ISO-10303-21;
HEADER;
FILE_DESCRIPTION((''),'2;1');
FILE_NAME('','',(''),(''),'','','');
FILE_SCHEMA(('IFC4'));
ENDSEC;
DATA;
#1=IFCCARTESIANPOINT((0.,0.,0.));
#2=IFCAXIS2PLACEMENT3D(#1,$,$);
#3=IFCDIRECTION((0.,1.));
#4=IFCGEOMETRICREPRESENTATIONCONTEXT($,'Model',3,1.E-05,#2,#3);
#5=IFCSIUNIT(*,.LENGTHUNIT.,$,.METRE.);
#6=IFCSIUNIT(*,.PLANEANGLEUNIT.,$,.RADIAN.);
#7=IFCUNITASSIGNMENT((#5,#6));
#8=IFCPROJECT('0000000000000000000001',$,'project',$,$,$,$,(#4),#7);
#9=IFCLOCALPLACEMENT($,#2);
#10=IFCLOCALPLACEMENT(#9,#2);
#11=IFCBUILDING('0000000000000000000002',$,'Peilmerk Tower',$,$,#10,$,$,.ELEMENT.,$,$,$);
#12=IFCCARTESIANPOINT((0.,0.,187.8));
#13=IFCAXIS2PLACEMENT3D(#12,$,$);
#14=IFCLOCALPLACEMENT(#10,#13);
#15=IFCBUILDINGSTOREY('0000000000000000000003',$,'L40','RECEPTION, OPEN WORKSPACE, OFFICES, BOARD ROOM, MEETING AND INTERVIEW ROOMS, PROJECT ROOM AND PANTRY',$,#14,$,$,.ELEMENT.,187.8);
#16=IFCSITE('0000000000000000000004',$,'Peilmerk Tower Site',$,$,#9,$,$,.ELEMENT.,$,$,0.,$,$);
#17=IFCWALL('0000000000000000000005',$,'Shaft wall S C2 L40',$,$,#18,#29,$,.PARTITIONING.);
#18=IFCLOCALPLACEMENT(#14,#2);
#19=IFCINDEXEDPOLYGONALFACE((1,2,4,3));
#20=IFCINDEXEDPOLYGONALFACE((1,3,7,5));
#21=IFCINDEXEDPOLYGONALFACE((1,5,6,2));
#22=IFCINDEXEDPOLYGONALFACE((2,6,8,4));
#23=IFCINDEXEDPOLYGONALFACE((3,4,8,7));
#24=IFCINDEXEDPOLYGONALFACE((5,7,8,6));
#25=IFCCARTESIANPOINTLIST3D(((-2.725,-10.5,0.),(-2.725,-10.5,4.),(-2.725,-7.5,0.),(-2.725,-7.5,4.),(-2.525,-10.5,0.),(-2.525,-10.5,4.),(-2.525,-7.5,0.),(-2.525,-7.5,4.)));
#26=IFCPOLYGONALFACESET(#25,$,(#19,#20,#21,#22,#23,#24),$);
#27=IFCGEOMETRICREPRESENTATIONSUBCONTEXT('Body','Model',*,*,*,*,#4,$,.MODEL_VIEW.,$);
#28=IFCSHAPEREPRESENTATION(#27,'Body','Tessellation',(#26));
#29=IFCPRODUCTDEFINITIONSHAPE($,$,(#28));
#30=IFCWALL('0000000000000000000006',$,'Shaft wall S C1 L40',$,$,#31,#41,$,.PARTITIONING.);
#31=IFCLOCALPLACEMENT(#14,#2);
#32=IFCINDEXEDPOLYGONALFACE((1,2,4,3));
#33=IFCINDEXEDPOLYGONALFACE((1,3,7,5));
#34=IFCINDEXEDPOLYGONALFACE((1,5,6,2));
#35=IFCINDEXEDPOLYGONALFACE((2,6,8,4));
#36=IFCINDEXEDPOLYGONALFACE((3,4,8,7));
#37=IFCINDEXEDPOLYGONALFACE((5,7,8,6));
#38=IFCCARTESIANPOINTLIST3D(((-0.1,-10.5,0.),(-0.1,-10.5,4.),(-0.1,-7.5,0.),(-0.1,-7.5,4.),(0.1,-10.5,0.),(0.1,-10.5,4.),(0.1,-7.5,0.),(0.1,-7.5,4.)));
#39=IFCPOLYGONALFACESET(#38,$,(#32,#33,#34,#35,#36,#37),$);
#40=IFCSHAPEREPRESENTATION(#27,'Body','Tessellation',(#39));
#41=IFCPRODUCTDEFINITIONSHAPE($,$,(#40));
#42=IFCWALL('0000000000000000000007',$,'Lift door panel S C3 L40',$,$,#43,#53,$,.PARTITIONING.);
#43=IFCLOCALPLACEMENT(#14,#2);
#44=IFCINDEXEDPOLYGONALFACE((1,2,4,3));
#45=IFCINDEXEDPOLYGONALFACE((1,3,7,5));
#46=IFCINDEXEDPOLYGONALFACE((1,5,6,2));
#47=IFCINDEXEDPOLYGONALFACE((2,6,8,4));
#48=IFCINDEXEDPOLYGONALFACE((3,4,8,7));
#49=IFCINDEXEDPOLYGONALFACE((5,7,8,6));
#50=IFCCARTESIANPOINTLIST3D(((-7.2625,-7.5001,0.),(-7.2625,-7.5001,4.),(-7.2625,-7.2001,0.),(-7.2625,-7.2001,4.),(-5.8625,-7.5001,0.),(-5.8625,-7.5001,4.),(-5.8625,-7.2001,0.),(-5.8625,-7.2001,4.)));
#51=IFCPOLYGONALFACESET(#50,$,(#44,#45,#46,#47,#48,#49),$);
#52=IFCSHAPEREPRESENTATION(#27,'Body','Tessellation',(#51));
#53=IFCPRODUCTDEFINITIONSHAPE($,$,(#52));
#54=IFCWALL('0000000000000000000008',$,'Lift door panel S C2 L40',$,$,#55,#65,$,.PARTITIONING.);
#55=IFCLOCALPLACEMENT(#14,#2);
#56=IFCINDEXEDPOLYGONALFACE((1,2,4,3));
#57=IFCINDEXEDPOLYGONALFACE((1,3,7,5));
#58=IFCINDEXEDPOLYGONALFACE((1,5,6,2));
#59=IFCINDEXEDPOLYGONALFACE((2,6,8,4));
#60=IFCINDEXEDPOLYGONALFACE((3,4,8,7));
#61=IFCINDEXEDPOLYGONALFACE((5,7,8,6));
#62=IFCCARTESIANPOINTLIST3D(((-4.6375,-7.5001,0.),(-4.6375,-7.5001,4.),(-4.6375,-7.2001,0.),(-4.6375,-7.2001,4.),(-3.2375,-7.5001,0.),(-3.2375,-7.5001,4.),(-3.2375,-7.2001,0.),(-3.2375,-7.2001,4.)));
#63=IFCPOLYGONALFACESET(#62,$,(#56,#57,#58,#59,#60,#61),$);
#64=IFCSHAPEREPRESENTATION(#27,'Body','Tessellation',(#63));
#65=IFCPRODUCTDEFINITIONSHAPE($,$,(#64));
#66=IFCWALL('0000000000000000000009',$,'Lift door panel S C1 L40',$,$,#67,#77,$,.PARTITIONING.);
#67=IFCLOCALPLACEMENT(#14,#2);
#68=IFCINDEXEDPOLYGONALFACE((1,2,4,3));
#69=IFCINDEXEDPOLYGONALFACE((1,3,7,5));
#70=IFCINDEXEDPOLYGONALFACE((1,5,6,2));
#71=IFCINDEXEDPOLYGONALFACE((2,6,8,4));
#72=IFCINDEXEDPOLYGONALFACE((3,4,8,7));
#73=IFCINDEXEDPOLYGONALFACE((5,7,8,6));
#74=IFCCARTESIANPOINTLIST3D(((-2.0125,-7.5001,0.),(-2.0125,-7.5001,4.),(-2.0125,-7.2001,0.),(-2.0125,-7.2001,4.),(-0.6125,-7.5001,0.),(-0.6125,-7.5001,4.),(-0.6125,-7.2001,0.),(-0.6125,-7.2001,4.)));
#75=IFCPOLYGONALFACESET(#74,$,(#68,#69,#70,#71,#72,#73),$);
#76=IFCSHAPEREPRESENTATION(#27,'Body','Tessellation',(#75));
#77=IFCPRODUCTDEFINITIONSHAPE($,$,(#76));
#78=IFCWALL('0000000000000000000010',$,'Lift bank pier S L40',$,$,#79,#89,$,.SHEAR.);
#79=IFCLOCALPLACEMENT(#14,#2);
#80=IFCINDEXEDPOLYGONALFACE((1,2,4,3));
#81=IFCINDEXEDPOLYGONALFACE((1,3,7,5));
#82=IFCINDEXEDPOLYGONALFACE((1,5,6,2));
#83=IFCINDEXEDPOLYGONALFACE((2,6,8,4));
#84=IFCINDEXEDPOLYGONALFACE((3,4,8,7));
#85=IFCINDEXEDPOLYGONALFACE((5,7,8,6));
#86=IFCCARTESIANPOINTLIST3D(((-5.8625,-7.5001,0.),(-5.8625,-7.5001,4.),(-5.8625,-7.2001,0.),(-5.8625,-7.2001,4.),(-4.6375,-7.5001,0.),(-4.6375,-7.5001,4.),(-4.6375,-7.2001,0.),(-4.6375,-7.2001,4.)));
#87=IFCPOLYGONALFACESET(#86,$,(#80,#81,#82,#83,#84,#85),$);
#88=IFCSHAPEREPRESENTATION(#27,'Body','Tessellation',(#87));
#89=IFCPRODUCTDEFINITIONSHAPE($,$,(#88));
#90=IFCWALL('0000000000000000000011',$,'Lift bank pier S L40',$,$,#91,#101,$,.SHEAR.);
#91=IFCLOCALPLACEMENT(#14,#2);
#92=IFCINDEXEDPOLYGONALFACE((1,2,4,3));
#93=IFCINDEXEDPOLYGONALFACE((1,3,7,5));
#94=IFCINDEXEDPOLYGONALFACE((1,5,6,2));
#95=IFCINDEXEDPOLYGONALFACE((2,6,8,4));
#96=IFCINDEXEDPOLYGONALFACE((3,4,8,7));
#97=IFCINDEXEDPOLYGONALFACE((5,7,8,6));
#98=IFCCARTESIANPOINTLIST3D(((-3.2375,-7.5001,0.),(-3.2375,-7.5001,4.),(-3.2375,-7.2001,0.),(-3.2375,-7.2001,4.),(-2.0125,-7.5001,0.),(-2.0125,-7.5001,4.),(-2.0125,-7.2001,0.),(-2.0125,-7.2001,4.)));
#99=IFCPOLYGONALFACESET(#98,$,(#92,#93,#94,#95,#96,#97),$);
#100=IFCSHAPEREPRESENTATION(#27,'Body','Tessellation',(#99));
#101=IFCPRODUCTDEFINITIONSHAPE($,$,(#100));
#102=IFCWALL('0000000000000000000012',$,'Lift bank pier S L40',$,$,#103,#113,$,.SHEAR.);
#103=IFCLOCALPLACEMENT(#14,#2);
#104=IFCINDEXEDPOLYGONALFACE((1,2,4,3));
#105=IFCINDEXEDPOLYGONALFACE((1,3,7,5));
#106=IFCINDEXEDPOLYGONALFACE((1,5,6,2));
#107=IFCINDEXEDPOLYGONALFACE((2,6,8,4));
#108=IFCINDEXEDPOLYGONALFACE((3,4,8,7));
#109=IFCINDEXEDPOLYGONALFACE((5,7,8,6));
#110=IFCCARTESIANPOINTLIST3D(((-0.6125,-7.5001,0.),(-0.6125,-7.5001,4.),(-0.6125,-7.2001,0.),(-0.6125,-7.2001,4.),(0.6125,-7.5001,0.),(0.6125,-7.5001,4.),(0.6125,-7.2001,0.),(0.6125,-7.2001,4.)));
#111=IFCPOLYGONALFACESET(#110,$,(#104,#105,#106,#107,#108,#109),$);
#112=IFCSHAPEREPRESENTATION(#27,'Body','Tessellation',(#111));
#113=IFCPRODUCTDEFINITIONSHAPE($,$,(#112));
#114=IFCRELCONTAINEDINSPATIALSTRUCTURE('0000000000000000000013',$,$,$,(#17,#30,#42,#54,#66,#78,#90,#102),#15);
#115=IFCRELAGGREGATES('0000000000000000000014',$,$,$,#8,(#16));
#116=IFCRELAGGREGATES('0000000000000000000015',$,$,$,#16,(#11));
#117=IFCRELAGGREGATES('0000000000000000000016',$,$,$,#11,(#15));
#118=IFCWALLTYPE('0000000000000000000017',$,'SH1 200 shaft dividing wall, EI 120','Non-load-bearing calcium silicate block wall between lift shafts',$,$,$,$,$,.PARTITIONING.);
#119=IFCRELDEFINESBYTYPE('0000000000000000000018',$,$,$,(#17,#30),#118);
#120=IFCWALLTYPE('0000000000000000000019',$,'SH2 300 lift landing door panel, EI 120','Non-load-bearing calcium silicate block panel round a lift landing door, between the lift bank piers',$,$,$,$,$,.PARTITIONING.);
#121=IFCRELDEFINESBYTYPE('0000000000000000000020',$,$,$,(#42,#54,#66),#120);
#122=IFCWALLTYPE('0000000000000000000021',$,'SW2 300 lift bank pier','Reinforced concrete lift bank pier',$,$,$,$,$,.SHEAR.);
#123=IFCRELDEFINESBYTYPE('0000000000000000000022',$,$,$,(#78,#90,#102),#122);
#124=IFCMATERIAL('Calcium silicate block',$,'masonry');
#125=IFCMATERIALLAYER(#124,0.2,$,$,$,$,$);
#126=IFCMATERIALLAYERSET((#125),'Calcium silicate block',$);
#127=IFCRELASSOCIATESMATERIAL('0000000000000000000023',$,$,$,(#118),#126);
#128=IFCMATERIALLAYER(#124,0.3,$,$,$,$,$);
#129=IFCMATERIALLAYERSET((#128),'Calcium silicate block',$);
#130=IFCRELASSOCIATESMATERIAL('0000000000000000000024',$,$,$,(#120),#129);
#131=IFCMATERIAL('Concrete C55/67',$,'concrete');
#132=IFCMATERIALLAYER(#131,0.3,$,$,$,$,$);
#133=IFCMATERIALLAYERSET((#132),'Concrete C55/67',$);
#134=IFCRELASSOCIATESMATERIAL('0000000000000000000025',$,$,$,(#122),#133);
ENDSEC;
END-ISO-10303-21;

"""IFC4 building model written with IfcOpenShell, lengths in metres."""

from ifc_helpers import new_model, si_unit, direction, frame, frame_2d, origin, place, context, subcontext, project, spatial, rectangle, extrude, material, layer, layer_set, type_object, element, save


model = new_model("IFC4")

# Units and contexts
model_context = context("Model", 3, precision=1e-05, world=origin(), true_north=direction((0.0, 1.0)))
body_context = subcontext(model_context, "Body", "Model", "MODEL_VIEW")
ifc_project = project(units=[si_unit("LENGTHUNIT", "METRE"), si_unit("PLANEANGLEUNIT", "RADIAN")], contexts=[model_context])

# Site, building, storey
site_placement = place(None, origin())
site = spatial("IfcSite", under=ifc_project, at=site_placement, Name="Peilmerk Tower Site", CompositionType="ELEMENT", RefElevation=0.0)
building_placement = place(site_placement, origin())
building = spatial("IfcBuilding", under=site, at=building_placement, Name="Peilmerk Tower", CompositionType="ELEMENT")
storey_placement = place(building_placement, frame((0.0, 0.0, 187.8)))
storey = spatial("IfcBuildingStorey", under=building, at=storey_placement, Name="L40", Description="RECEPTION, OPEN WORKSPACE, OFFICES, BOARD ROOM, MEETING AND INTERVIEW ROOMS, PROJECT ROOM AND PANTRY", CompositionType="ELEMENT", Elevation=187.8)

# Walls
ifc_material_1 = material(Name="Calcium silicate block", Category="masonry")
ifc_layer_1 = layer(ifc_material_1, 0.2)
ifc_layer_set_1 = layer_set([ifc_layer_1], Name="Calcium silicate block")
wall_type_1 = type_object("IfcWallType", Name="SH1 200 shaft dividing wall, EI 120", Description="Non-load-bearing calcium silicate block wall between lift shafts", PredefinedType="PARTITIONING", material=ifc_layer_set_1)
for number, where, z_axis, x_axis, name in (
    (1, (-2.625, -10.5, 0.0), (0.0, 0.0, 1.0), (0.0, 1.0, 0.0), "Shaft wall S C2 L40"),
    (2, (0.0, -10.5, 0.0), (0.0, 0.0, 1.0), (0.0, 1.0, 0.0), "Shaft wall S C1 L40"),
):
    element("IfcWall", number, at=place(storey_placement, frame(where, z_axis=z_axis, x_axis=x_axis)), inside=storey, type_object=wall_type_1, Name=name, PredefinedType="PARTITIONING", context=body_context, shape_type="SweptSolid", body=[
        extrude(rectangle(XDim=3.0, YDim=0.2, at=frame_2d((1.5, 0.0))), origin(), (0.0, 0.0, 1.0), 4.0),
    ])
ifc_layer_2 = layer(ifc_material_1, 0.3)
ifc_layer_set_2 = layer_set([ifc_layer_2], Name="Calcium silicate block")
wall_type_2 = type_object("IfcWallType", Name="SH2 300 lift landing door panel, EI 120", Description="Non-load-bearing calcium silicate block panel round a lift landing door, between the lift bank piers", PredefinedType="PARTITIONING", material=ifc_layer_set_2)
for number, where, z_axis, x_axis, name in (
    (3, (-7.2625, -7.3501, 0.0), (0.0, 0.0, 1.0), (1.0, 0.0, 0.0), "Lift door panel S C3 L40"),
    (4, (-4.6375, -7.3501, 0.0), (0.0, 0.0, 1.0), (1.0, 0.0, 0.0), "Lift door panel S C2 L40"),
    (5, (-2.0125, -7.3501, 0.0), (0.0, 0.0, 1.0), (1.0, 0.0, 0.0), "Lift door panel S C1 L40"),
):
    element("IfcWall", number, at=place(storey_placement, frame(where, z_axis=z_axis, x_axis=x_axis)), inside=storey, type_object=wall_type_2, Name=name, PredefinedType="PARTITIONING", context=body_context, shape_type="SweptSolid", body=[
        extrude(rectangle(XDim=1.3999, YDim=0.3, at=frame_2d((0.7, 0.0))), origin(), (0.0, 0.0, 1.0), 4.0),
    ])
ifc_material_2 = material(Name="Concrete C55/67", Category="concrete")
ifc_layer_3 = layer(ifc_material_2, 0.3)
ifc_layer_set_3 = layer_set([ifc_layer_3], Name="Concrete C55/67")
wall_type_3 = type_object("IfcWallType", Name="SW2 300 lift bank pier", Description="Reinforced concrete lift bank pier", PredefinedType="SHEAR", material=ifc_layer_set_3)
for number, where, z_axis, x_axis, name in (
    (6, (-5.8625, -7.3501, 0.0), (0.0, 0.0, 1.0), (1.0, 0.0, 0.0), "Lift bank pier S L40"),
    (7, (-3.2375, -7.3501, 0.0), (0.0, 0.0, 1.0), (1.0, 0.0, 0.0), "Lift bank pier S L40"),
    (8, (-0.6125, -7.3501, 0.0), (0.0, 0.0, 1.0), (1.0, 0.0, 0.0), "Lift bank pier S L40"),
):
    element("IfcWall", number, at=place(storey_placement, frame(where, z_axis=z_axis, x_axis=x_axis)), inside=storey, type_object=wall_type_3, Name=name, PredefinedType="SHEAR", context=body_context, shape_type="SweptSolid", body=[
        extrude(rectangle(XDim=1.2251, YDim=0.3, at=frame_2d((0.6125, 0.0))), origin(), (0.0, 0.0, 1.0), 4.0),
    ])

save(model, "model.ifc")
